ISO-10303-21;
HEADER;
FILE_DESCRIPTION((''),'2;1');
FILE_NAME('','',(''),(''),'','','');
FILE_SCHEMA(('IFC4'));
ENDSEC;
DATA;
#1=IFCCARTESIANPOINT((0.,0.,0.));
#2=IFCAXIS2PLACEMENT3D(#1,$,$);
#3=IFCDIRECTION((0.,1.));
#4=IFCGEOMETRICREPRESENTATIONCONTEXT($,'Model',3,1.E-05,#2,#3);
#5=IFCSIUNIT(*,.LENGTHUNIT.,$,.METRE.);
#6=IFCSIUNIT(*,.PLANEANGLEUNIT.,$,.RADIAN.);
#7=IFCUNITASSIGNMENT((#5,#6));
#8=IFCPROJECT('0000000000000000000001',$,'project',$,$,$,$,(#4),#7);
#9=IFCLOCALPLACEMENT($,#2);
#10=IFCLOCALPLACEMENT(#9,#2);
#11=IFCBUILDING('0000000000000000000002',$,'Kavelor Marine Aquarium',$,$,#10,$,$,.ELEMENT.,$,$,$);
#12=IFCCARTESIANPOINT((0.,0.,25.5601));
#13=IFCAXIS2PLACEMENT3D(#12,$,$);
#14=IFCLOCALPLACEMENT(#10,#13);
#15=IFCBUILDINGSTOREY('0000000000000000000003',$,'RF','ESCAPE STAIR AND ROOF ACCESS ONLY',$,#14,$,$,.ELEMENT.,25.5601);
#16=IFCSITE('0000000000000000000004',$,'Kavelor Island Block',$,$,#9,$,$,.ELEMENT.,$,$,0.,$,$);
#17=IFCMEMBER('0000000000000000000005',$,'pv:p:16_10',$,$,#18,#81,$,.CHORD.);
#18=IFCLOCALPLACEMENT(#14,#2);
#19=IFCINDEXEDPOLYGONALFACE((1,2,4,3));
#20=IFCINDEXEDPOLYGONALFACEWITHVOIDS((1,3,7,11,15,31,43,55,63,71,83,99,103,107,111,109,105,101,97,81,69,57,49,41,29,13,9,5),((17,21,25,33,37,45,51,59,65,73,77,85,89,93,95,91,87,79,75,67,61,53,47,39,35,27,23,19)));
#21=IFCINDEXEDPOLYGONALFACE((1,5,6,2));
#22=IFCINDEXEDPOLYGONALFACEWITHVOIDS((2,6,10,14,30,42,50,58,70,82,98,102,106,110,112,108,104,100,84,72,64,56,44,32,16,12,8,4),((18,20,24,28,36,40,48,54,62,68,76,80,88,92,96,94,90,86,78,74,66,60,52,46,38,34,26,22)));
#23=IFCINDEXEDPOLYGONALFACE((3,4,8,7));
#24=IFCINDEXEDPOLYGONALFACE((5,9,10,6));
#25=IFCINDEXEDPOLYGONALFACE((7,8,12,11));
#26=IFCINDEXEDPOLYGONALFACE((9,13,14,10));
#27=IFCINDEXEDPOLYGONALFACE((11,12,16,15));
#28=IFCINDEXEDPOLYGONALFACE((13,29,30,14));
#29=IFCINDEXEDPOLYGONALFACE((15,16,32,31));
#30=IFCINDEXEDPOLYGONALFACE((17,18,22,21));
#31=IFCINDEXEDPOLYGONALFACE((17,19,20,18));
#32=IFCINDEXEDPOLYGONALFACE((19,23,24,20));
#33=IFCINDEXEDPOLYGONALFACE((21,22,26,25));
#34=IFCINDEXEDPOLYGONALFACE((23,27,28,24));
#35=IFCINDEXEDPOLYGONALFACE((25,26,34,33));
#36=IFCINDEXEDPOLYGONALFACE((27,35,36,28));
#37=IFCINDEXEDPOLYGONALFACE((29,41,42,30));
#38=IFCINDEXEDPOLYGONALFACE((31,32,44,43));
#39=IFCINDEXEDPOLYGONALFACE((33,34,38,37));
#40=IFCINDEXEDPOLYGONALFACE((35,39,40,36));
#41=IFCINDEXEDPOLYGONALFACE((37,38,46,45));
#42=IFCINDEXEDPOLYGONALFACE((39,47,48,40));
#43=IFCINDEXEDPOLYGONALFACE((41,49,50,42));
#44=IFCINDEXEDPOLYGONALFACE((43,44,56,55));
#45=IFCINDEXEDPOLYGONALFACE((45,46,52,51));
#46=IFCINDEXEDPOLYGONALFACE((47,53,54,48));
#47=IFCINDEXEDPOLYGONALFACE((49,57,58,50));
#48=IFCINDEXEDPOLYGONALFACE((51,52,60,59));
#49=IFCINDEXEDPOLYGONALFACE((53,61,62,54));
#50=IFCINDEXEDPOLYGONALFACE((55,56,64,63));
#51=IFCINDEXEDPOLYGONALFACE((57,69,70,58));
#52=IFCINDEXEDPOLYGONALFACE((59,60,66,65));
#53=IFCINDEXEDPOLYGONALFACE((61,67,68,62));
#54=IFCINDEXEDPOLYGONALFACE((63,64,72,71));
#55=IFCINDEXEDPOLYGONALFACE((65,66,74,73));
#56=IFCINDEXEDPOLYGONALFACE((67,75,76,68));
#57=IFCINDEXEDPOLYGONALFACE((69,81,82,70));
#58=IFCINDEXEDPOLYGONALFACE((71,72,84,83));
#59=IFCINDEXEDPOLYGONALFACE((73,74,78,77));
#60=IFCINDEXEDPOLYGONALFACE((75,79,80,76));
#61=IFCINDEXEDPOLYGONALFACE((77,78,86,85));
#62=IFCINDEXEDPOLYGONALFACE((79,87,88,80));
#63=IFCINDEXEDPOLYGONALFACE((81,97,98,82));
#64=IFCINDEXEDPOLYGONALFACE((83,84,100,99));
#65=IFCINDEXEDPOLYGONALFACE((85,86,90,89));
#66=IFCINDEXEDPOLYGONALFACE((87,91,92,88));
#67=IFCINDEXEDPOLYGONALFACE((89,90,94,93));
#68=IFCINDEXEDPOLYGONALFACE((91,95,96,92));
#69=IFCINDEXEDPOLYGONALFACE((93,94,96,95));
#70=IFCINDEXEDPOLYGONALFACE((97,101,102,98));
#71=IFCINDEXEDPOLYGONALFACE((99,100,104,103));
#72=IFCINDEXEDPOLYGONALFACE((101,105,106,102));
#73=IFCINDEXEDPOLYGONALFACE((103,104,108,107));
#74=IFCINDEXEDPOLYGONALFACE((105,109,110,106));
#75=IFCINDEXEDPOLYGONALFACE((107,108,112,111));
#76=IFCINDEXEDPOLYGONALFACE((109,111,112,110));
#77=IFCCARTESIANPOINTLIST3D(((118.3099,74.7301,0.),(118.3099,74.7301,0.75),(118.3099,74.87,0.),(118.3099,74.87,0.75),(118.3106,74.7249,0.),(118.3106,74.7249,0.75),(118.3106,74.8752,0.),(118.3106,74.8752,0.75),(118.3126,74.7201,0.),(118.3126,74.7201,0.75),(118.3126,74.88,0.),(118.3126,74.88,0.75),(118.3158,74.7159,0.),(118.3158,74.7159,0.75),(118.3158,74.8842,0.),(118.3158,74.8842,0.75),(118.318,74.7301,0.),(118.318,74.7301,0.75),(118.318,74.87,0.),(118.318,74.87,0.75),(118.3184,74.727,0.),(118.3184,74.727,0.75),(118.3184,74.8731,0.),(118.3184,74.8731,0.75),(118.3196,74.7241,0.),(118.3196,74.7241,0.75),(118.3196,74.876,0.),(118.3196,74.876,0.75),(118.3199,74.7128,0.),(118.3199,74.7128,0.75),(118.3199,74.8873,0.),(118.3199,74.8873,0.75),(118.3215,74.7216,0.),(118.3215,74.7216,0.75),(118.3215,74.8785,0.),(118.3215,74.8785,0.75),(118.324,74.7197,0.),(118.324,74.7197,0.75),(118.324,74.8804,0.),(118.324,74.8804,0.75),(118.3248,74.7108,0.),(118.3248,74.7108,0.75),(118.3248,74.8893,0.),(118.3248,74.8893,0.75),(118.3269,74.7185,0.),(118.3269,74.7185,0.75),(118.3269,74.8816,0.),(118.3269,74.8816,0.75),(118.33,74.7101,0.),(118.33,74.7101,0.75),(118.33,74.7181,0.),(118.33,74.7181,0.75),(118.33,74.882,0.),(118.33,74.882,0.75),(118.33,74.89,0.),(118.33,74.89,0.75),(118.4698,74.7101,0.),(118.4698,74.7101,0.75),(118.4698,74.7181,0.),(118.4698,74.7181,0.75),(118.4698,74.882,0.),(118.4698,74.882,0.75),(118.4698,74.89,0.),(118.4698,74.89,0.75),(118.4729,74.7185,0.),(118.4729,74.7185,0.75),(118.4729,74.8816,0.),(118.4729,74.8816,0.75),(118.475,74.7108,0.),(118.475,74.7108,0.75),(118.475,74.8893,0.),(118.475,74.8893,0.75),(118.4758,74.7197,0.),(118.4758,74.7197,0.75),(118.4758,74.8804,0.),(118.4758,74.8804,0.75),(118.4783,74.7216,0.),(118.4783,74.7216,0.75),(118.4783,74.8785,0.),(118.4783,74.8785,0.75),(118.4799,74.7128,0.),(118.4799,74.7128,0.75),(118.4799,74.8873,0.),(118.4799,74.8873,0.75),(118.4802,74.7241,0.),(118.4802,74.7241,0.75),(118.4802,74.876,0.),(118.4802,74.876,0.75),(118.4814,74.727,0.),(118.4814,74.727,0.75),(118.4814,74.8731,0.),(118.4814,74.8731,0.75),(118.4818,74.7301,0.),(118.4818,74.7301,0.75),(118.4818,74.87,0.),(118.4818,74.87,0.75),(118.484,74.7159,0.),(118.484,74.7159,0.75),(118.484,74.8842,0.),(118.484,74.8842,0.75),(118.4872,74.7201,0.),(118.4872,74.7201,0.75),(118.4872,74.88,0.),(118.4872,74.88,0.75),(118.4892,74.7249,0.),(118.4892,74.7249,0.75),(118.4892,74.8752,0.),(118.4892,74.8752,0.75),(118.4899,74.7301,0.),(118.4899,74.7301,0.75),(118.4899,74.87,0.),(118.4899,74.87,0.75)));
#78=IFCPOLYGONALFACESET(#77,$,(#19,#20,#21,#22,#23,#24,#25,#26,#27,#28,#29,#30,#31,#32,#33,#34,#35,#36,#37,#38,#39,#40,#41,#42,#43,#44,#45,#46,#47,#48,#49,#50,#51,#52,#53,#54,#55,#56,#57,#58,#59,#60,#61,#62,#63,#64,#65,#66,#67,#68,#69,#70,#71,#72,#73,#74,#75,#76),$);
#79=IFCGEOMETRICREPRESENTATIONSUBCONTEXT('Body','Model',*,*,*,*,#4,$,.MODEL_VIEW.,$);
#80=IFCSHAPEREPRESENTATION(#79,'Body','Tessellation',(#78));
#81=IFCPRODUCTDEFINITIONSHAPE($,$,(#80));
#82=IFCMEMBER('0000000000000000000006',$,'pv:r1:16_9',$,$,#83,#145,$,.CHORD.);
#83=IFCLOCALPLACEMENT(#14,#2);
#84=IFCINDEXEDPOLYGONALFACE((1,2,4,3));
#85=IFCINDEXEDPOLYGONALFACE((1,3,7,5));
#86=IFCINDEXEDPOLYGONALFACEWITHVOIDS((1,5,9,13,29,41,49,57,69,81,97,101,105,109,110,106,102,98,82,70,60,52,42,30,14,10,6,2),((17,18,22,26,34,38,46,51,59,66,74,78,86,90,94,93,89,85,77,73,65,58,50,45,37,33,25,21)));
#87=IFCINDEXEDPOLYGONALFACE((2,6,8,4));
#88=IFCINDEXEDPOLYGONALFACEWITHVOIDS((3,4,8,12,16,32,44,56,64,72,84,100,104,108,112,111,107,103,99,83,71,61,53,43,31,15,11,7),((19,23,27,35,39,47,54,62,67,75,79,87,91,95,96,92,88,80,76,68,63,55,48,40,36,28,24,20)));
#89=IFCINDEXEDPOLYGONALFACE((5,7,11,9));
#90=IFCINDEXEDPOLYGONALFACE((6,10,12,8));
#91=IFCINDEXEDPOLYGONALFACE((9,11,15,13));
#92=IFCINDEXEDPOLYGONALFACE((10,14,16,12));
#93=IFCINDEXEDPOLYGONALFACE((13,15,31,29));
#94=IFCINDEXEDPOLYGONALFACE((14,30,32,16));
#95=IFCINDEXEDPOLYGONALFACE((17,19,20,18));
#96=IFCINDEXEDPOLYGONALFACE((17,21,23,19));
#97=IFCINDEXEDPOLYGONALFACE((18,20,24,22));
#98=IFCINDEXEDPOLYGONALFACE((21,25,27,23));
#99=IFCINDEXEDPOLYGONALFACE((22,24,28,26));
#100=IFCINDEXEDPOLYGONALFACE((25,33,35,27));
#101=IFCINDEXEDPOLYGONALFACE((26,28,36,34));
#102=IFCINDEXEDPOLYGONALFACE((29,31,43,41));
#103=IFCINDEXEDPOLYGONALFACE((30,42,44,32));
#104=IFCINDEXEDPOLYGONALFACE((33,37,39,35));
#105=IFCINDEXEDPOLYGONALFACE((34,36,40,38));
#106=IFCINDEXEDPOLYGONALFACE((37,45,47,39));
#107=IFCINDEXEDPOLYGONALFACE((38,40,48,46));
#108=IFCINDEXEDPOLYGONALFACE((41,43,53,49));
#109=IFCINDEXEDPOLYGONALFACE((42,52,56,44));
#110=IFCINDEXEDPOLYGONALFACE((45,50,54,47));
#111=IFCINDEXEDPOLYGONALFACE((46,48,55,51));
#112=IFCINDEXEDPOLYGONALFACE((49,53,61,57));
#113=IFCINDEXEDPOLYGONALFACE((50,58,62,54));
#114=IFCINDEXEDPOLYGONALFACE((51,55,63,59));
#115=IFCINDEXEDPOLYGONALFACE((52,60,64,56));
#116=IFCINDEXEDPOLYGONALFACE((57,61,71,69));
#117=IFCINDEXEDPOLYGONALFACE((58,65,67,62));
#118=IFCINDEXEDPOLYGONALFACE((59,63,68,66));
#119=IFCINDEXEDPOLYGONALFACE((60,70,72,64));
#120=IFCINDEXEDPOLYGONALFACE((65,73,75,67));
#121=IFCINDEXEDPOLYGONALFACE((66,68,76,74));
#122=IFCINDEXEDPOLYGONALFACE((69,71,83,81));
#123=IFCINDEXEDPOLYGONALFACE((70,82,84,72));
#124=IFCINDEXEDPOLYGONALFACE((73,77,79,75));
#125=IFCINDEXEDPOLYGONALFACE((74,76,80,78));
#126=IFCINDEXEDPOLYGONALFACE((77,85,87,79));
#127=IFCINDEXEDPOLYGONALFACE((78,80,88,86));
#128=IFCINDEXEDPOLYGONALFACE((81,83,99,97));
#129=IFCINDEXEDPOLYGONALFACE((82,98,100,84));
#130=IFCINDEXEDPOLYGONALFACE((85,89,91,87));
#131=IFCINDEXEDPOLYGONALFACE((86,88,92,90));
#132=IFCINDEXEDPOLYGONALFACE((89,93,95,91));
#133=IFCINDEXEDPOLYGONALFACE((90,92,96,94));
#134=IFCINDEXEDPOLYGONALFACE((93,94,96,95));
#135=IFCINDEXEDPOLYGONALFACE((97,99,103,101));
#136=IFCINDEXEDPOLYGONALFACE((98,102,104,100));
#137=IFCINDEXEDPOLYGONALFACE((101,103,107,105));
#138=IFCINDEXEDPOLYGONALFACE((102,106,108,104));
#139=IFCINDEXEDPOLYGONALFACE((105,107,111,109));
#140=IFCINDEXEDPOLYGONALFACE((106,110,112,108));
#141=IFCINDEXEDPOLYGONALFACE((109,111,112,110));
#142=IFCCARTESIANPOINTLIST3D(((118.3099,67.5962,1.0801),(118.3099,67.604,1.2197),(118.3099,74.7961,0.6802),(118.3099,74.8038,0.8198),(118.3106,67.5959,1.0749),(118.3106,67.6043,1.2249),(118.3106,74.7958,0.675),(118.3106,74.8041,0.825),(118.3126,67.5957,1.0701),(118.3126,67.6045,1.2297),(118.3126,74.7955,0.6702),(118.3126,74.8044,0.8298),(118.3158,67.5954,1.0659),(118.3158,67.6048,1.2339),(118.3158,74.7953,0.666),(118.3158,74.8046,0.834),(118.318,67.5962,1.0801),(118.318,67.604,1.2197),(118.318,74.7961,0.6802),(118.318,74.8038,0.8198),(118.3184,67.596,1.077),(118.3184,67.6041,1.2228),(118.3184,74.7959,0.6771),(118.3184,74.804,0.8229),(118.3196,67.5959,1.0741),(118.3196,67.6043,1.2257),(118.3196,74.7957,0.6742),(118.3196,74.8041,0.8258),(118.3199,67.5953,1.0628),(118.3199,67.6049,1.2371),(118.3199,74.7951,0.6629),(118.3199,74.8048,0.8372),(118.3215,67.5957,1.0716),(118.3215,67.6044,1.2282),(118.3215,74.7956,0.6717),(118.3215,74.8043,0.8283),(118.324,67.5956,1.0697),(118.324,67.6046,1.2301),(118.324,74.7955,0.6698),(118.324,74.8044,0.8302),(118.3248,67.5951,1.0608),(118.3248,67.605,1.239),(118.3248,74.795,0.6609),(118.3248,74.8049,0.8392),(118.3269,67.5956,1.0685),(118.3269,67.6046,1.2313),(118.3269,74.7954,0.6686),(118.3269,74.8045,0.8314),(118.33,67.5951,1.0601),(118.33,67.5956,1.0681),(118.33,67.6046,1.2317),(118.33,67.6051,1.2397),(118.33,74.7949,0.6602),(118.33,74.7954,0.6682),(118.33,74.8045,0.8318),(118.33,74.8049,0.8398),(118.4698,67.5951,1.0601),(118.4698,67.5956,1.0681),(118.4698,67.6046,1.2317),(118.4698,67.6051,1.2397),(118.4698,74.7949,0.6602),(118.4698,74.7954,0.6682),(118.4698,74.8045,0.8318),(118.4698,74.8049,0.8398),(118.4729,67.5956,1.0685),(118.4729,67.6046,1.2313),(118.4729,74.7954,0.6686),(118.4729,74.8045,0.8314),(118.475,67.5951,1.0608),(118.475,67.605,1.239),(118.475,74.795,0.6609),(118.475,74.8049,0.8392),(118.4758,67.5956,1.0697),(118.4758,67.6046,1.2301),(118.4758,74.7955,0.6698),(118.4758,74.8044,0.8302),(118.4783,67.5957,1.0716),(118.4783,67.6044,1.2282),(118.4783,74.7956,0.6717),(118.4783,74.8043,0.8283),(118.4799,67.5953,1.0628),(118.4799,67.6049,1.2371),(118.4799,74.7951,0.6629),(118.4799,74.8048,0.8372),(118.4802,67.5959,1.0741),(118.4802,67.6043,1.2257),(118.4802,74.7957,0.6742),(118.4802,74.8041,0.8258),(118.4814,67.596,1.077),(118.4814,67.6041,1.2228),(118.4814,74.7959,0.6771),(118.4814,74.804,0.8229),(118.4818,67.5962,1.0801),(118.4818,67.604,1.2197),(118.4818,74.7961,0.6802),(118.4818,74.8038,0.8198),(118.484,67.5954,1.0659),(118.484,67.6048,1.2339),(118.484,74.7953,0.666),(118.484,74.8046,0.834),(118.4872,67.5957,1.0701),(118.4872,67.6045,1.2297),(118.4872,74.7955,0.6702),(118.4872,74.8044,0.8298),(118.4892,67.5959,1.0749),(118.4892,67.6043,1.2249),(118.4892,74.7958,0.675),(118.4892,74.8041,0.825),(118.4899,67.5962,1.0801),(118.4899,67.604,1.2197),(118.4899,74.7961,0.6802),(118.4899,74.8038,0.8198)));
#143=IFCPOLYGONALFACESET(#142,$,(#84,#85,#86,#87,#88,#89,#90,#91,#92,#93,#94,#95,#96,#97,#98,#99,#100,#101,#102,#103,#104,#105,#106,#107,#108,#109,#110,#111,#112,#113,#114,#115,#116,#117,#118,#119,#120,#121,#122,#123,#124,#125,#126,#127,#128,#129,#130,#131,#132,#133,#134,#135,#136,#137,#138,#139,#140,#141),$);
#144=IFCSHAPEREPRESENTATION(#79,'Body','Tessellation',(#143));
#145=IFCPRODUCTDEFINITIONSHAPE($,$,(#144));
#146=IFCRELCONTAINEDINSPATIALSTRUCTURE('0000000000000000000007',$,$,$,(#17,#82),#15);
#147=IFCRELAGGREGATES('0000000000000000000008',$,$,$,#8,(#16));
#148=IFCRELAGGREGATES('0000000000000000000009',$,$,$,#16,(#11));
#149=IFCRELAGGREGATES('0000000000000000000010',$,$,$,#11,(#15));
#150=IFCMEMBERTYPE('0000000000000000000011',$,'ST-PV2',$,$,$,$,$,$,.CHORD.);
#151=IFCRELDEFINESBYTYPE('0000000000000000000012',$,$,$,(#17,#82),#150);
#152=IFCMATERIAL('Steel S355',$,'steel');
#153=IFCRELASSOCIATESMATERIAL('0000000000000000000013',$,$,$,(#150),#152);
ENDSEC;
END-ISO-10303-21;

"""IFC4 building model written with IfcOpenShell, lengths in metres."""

from ifc_helpers import new_model, si_unit, direction, frame, origin, origin_2d, place, context, subcontext, project, spatial, hollow_rectangle, extrude, material, material_profile, profile_set, type_object, element, save


model = new_model("IFC4")

# Units and contexts
model_context = context("Model", 3, precision=1e-05, world=origin(), true_north=direction((0.0, 1.0)))
body_context = subcontext(model_context, "Body", "Model", "MODEL_VIEW")
ifc_project = project(units=[si_unit("LENGTHUNIT", "METRE"), si_unit("PLANEANGLEUNIT", "RADIAN")], contexts=[model_context])

# Site, building, storey
site_placement = place(None, origin())
site = spatial("IfcSite", under=ifc_project, at=site_placement, Name="Kavelor Island Block", CompositionType="ELEMENT", RefElevation=0.0)
building_placement = place(site_placement, origin())
building = spatial("IfcBuilding", under=site, at=building_placement, Name="Kavelor Marine Aquarium", CompositionType="ELEMENT")
storey_placement = place(building_placement, frame((0.0, 0.0, 25.5601)))
storey = spatial("IfcBuildingStorey", under=building, at=storey_placement, Name="RF", Description="ESCAPE STAIR AND ROOF ACCESS ONLY", CompositionType="ELEMENT", Elevation=25.5601)

# Members
ifc_material_1 = material(Name="Steel S355", Category="steel")
ifc_material_profile_1 = material_profile(ifc_material_1, hollow_rectangle(XDim=0.1799, YDim=0.1799, WallThickness=0.0081, InnerFilletRadius=0.012, OuterFilletRadius=0.02, at=origin_2d()), Name="SHS 180x180x8.0")
ifc_profile_set_1 = profile_set([ifc_material_profile_1], Name="Steel S355")
member_type_1 = type_object("IfcMemberType", Name="ST-PV2", PredefinedType="CHORD", material=ifc_profile_set_1)
member_1_placement = place(storey_placement, frame((118.3999, 74.8, 0.0), z_axis=(0.0, 0.0, 1.0), x_axis=(1.0, 0.0, 0.0)))
element("IfcMember", 1, at=member_1_placement, inside=storey, type_object=member_type_1, Name="pv:p:16_10", PredefinedType="CHORD", context=body_context, shape_type="SweptSolid", body=[
    extrude(hollow_rectangle(XDim=0.1799, YDim=0.1799, WallThickness=0.0081, InnerFilletRadius=0.012, OuterFilletRadius=0.02, at=origin_2d()), origin(), (0.0, 0.0, 1.0), 0.75),
])
member_2_placement = place(storey_placement, frame((118.3999, 67.6001, 1.1499), z_axis=(0.0, 0.998461, -0.055457), x_axis=(-1.0, 0.0, 0.0)))
element("IfcMember", 2, at=member_2_placement, inside=storey, type_object=member_type_1, Name="pv:r1:16_9", PredefinedType="CHORD", context=body_context, shape_type="SweptSolid", body=[
    extrude(hollow_rectangle(XDim=0.1799, YDim=0.1799, WallThickness=0.0081, InnerFilletRadius=0.012, OuterFilletRadius=0.02, at=origin_2d()), origin(), (0.0, 0.0, 1.0), 7.2109),
])

save(model, "model.ifc")
